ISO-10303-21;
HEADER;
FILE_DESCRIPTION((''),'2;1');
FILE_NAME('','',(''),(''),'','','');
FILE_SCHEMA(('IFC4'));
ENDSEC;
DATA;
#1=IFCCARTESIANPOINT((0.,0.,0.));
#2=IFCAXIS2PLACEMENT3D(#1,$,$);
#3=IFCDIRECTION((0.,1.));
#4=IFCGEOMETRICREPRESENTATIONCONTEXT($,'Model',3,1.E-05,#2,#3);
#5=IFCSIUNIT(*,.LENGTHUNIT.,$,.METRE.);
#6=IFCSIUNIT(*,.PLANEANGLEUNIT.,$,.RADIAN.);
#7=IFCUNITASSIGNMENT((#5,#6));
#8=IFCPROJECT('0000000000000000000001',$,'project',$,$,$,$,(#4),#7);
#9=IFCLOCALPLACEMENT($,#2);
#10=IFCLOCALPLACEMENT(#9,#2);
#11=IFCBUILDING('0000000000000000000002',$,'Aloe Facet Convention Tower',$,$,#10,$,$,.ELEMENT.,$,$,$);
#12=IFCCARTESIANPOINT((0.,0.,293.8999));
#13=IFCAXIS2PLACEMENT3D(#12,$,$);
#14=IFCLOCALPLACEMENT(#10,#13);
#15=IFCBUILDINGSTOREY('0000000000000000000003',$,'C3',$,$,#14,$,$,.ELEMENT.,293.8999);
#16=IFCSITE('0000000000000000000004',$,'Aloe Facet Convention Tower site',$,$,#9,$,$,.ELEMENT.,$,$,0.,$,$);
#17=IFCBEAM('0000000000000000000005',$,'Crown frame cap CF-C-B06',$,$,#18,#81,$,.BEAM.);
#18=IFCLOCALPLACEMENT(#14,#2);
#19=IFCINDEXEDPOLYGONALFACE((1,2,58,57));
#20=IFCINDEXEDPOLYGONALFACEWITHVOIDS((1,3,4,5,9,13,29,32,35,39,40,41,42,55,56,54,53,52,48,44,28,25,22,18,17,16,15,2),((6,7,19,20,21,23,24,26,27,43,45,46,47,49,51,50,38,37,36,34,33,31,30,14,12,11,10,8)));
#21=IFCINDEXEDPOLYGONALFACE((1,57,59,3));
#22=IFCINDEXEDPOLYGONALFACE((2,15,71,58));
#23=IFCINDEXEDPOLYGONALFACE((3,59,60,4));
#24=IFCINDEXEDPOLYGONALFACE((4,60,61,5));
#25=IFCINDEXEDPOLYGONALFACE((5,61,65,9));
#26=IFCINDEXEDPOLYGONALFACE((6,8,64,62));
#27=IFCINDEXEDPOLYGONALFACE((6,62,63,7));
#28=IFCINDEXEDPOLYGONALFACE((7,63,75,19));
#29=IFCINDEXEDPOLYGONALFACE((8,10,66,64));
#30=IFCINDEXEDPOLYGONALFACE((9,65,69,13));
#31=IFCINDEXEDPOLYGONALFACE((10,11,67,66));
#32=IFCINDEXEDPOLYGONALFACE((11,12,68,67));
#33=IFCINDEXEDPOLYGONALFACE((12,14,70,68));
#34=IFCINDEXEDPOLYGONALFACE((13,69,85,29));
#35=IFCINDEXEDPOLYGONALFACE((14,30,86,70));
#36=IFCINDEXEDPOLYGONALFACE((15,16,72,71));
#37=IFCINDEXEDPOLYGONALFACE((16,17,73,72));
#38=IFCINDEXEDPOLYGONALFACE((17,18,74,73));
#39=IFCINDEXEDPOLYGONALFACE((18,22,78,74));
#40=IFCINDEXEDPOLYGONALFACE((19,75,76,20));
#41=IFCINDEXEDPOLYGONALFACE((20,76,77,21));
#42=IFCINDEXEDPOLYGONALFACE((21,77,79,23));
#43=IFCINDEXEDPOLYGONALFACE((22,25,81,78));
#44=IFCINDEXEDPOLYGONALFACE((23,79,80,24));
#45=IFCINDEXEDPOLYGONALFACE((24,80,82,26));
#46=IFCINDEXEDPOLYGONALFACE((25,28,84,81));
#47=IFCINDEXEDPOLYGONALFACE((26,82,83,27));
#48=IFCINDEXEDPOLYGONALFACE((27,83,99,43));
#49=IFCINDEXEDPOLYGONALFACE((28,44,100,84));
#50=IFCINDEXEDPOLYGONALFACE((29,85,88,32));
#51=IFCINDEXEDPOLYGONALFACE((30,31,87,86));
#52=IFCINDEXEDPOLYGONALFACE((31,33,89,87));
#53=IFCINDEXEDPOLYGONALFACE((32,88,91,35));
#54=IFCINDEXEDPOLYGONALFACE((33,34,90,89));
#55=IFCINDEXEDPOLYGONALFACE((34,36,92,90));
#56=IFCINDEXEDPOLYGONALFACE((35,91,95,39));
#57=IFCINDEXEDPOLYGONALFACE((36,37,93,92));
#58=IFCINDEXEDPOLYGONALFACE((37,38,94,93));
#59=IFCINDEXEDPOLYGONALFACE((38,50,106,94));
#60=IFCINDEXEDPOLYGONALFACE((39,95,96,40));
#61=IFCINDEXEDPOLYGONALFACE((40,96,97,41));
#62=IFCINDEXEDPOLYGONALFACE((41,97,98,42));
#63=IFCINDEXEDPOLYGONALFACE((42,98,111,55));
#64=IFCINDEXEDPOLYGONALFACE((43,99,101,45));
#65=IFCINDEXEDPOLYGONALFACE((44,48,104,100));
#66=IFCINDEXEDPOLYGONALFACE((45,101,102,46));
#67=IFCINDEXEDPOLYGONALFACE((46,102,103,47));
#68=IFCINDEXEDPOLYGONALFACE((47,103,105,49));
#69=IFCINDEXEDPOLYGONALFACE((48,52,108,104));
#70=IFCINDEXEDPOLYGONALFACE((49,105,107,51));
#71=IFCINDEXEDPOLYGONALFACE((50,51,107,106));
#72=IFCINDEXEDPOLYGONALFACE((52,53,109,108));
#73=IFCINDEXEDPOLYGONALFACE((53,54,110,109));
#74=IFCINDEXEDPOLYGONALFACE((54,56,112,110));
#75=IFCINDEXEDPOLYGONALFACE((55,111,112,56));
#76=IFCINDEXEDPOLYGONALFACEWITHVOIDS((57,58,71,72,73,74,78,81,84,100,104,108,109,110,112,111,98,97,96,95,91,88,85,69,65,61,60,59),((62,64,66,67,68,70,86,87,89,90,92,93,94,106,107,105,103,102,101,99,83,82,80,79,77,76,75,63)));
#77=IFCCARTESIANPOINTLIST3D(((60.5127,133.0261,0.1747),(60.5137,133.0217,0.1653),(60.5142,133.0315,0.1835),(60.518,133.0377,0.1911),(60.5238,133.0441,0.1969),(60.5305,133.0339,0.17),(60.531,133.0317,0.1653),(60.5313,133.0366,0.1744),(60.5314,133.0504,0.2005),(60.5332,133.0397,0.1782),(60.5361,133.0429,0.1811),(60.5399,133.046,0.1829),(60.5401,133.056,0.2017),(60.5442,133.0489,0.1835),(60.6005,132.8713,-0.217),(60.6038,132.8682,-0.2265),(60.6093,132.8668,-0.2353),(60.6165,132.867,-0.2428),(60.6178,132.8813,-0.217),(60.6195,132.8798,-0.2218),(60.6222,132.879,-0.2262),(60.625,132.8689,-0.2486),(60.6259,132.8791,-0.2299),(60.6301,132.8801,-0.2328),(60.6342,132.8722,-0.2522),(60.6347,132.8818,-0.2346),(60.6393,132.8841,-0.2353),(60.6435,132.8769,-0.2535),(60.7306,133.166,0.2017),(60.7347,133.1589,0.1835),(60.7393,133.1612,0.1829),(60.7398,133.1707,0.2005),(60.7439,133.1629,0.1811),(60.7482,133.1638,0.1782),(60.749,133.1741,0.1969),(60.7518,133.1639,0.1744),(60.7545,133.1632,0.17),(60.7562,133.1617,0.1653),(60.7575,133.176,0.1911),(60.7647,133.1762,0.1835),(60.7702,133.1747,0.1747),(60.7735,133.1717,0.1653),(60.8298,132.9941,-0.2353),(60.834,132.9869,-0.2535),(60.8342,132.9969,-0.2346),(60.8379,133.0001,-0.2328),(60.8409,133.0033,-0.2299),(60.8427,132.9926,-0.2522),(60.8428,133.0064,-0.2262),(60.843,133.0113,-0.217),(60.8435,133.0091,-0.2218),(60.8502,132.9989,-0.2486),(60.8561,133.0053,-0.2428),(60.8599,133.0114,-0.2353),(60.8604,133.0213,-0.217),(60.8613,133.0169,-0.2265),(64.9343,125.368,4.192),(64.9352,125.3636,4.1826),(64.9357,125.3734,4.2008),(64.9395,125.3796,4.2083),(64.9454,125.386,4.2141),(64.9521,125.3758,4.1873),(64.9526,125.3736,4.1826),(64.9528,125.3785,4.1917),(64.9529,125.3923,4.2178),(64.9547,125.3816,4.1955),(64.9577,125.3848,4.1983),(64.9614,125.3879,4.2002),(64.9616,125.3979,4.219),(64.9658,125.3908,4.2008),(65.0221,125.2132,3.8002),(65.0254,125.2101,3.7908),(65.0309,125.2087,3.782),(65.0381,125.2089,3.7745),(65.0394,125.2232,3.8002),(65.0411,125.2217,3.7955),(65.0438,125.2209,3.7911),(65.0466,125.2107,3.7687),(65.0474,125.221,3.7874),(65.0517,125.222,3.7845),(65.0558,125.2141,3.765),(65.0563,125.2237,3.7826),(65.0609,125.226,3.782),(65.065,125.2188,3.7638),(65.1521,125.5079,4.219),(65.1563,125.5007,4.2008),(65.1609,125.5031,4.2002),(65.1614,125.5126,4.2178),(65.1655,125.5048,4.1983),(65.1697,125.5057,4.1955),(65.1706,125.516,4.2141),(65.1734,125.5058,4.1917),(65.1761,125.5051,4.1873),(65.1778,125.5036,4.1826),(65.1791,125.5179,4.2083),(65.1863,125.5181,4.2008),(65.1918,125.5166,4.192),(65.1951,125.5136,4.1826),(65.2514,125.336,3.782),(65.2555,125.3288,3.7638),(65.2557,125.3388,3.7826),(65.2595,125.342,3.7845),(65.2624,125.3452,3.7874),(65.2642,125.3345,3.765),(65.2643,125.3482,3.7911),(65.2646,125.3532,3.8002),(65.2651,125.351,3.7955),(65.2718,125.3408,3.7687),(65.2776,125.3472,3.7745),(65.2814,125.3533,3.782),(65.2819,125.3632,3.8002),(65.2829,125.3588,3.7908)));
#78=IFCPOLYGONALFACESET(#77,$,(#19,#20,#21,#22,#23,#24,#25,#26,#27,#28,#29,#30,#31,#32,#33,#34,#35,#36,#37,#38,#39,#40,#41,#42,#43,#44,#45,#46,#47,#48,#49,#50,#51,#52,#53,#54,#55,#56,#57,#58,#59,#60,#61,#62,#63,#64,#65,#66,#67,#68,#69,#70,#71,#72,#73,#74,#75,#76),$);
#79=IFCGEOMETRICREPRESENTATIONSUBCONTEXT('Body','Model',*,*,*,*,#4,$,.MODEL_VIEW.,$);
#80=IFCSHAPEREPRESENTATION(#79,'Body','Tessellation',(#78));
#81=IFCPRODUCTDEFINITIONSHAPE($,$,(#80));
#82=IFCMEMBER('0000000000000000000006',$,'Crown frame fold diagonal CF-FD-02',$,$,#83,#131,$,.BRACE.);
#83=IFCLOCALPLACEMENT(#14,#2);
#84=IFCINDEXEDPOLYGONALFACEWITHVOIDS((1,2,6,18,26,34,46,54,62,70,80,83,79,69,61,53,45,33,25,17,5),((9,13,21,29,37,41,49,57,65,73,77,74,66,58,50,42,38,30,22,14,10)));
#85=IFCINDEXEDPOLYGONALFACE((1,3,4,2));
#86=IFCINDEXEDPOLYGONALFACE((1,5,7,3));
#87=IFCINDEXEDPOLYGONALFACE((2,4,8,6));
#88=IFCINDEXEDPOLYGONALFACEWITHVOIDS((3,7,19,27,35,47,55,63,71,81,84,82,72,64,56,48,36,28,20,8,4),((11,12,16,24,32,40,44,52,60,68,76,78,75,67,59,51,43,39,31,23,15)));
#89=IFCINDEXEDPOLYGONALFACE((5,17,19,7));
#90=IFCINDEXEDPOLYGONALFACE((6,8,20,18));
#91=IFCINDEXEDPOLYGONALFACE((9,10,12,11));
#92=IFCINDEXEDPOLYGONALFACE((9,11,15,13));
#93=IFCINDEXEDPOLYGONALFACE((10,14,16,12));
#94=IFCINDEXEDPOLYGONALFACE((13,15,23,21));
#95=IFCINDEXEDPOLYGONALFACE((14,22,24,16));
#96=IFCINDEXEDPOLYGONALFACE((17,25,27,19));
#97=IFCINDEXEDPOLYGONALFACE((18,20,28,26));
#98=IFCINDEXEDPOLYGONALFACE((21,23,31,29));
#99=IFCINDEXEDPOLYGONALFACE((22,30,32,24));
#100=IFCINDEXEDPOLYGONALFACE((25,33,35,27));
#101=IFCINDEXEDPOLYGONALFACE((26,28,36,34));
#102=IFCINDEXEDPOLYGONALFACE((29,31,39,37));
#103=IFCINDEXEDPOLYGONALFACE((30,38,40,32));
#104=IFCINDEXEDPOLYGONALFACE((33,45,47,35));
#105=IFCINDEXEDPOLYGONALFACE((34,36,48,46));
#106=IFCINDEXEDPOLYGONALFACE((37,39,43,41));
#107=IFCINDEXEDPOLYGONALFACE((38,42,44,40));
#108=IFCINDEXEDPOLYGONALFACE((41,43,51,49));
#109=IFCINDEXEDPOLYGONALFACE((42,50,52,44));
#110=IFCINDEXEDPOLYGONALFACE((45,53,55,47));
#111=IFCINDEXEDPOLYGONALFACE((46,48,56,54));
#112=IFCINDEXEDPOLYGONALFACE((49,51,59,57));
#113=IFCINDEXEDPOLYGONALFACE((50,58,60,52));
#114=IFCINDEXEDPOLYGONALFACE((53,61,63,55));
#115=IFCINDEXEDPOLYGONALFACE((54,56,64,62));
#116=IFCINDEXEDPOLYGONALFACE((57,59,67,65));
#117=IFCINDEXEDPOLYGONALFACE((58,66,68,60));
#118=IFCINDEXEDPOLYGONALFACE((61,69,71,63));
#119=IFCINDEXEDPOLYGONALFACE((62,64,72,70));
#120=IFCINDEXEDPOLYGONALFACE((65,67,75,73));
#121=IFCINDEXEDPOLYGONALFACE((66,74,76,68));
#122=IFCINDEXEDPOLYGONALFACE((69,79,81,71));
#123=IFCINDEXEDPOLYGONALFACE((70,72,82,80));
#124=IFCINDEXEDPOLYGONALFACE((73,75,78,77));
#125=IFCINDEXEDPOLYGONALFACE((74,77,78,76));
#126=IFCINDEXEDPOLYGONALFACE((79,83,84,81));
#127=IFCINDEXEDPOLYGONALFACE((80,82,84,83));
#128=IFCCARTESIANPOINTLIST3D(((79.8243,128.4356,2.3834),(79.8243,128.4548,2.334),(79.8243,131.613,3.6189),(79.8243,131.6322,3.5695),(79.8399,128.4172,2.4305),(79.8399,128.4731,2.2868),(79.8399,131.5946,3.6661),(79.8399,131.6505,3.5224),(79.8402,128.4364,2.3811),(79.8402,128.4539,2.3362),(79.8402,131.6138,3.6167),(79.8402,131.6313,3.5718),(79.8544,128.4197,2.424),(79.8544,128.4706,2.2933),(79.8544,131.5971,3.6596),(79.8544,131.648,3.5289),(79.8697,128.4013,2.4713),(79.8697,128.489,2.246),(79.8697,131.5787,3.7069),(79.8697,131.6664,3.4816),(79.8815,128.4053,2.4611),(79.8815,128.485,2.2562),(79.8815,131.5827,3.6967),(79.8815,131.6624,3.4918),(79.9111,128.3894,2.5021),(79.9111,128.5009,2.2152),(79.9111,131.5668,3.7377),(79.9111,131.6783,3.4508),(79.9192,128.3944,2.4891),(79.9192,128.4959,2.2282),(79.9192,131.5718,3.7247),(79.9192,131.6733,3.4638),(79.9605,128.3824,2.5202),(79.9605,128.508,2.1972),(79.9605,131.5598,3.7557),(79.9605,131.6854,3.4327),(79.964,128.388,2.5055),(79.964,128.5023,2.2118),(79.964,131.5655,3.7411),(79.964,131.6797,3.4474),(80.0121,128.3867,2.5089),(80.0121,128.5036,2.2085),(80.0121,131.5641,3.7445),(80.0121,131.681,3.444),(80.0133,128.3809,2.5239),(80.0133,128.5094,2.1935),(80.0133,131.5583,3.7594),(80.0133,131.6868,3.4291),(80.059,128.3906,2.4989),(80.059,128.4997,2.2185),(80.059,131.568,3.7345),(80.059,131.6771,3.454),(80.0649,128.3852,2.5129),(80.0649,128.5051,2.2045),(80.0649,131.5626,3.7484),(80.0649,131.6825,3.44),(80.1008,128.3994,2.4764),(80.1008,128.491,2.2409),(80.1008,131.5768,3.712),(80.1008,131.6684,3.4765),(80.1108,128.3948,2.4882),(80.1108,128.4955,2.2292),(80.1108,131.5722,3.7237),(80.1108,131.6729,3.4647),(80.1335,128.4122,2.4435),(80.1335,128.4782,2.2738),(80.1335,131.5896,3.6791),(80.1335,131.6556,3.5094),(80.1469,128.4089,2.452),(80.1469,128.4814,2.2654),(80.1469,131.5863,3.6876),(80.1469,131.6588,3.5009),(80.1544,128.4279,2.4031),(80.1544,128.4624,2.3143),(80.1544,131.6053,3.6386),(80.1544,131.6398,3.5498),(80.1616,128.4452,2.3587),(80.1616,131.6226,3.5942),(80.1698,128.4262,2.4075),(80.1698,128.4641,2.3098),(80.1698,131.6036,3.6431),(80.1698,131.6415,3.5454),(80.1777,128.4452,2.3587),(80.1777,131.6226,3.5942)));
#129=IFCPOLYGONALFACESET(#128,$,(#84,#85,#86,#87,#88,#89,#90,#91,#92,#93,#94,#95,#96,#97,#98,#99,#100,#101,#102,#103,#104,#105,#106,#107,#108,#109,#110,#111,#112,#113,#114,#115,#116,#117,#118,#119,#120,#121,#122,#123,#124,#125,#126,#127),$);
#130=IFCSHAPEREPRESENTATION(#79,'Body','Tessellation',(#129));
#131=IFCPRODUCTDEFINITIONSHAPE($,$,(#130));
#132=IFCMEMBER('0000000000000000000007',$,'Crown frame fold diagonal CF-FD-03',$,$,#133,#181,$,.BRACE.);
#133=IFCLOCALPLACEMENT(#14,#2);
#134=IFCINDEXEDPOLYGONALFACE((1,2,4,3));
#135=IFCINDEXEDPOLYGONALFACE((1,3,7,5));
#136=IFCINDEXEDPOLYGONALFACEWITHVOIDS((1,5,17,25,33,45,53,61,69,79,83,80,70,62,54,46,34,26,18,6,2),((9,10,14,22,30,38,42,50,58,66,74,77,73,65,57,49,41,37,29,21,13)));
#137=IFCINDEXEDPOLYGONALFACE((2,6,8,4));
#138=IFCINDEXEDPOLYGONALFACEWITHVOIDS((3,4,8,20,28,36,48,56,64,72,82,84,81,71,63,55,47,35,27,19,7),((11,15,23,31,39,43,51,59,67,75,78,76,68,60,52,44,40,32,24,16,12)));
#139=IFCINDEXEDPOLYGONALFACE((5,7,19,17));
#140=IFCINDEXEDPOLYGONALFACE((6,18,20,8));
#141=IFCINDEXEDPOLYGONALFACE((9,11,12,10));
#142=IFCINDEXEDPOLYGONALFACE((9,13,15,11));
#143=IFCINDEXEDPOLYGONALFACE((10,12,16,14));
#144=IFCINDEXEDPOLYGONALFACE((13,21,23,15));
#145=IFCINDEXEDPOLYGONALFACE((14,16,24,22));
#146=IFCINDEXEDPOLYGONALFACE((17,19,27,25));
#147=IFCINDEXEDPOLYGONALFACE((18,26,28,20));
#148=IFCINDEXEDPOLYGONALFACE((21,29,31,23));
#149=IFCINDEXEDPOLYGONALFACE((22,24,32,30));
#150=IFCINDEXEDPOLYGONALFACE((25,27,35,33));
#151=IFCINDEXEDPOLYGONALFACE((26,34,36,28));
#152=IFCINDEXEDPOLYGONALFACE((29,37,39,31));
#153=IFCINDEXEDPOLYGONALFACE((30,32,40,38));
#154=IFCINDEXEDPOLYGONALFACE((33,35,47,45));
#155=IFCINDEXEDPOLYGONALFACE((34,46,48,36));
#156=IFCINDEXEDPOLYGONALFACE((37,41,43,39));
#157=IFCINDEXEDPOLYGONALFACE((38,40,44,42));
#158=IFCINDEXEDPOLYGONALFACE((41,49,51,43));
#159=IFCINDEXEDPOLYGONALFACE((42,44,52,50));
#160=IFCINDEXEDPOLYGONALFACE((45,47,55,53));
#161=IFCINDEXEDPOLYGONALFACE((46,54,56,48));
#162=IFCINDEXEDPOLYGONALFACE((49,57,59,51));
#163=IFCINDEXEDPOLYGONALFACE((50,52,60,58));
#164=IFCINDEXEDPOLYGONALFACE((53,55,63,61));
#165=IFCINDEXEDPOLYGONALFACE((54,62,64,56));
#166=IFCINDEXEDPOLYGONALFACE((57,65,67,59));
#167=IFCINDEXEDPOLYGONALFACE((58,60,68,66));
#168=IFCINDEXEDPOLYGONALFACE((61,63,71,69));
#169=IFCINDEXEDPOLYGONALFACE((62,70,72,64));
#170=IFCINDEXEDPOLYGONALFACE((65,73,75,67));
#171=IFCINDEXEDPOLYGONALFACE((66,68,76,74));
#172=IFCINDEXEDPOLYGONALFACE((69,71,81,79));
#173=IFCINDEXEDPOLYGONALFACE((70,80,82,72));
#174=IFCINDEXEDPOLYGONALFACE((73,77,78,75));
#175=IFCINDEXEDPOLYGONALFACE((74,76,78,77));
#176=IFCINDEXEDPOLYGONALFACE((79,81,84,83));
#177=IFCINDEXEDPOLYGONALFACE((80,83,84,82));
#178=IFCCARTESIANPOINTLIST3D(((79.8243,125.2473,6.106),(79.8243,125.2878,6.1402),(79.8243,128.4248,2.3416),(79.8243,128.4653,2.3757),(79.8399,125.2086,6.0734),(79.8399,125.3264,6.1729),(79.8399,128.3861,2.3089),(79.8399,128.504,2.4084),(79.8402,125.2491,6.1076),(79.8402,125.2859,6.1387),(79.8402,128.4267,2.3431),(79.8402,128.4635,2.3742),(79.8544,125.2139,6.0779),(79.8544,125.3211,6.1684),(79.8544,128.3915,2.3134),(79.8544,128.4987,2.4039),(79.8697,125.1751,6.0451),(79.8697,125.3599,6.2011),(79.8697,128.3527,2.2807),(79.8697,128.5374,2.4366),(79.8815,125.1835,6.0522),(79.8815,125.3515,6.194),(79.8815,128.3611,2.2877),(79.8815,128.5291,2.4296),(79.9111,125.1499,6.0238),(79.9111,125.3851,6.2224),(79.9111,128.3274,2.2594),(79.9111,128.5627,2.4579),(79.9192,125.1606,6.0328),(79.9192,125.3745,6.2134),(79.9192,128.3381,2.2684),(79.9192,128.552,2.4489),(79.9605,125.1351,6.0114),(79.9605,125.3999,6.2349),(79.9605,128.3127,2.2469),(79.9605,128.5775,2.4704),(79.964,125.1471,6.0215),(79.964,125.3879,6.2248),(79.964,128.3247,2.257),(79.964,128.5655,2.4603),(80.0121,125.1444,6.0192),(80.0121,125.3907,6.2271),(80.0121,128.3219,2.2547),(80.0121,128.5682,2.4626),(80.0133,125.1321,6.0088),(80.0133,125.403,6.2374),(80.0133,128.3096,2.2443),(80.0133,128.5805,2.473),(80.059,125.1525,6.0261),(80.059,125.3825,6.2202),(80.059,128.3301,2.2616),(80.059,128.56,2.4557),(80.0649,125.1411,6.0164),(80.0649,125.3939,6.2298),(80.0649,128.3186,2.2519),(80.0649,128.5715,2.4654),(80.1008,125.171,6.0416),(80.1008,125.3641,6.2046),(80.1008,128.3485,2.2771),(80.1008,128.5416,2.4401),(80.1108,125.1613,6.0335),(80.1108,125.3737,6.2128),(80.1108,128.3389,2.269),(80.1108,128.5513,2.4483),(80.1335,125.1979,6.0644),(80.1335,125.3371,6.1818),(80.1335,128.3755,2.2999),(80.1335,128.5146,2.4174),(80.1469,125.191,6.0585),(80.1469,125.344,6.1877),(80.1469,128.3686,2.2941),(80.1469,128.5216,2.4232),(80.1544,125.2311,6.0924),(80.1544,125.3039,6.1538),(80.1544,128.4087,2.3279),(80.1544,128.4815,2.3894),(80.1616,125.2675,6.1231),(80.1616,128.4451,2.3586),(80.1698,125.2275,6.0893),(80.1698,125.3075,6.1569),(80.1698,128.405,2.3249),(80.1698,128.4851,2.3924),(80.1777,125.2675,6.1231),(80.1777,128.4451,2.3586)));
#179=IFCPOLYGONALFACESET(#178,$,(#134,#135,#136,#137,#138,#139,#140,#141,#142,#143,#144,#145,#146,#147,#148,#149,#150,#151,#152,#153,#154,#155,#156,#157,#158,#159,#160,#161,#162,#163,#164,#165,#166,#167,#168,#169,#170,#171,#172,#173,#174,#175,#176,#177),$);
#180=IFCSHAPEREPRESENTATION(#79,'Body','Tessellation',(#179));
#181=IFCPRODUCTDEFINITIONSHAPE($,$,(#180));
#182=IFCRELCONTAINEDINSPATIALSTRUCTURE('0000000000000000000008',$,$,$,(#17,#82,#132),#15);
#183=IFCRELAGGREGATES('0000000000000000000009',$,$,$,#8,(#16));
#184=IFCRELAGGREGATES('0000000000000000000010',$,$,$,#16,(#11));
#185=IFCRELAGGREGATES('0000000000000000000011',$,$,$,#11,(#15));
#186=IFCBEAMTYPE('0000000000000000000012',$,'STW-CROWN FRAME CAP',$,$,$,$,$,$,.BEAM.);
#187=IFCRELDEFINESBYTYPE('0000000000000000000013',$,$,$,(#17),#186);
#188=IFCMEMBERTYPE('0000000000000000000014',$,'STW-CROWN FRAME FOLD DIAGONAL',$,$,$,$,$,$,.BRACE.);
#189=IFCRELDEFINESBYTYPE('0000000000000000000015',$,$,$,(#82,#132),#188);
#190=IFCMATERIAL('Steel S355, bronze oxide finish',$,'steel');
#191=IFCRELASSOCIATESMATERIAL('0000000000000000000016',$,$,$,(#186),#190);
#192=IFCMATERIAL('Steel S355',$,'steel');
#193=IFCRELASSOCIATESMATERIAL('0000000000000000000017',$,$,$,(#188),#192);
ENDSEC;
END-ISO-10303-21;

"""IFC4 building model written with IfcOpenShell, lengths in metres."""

from ifc_helpers import new_model, si_unit, direction, frame, origin, origin_2d, place, context, subcontext, project, spatial, hollow_rectangle, hollow_circle, extrude, material, material_profile, profile_set, type_object, element, save


model = new_model("IFC4")

# Units and contexts
model_context = context("Model", 3, precision=1e-05, world=origin(), true_north=direction((0.0, 1.0)))
body_context = subcontext(model_context, "Body", "Model", "MODEL_VIEW")
ifc_project = project(units=[si_unit("LENGTHUNIT", "METRE"), si_unit("PLANEANGLEUNIT", "RADIAN")], contexts=[model_context])

# Site, building, storey
site_placement = place(None, origin())
site = spatial("IfcSite", under=ifc_project, at=site_placement, Name="Aloe Facet Convention Tower site", CompositionType="ELEMENT", RefElevation=0.0)
building_placement = place(site_placement, origin())
building = spatial("IfcBuilding", under=site, at=building_placement, Name="Aloe Facet Convention Tower", CompositionType="ELEMENT")
storey_placement = place(building_placement, frame((0.0, 0.0, 293.8999)))
storey = spatial("IfcBuildingStorey", under=building, at=storey_placement, Name="C3", CompositionType="ELEMENT", Elevation=293.8999)

# Beam
ifc_material_1 = material(Name="Steel S355, bronze oxide finish", Category="steel")
ifc_material_profile_1 = material_profile(ifc_material_1, hollow_rectangle(XDim=0.3, YDim=0.5, WallThickness=0.02, InnerFilletRadius=0.02, OuterFilletRadius=0.04, at=origin_2d()), Name="RHS 500x300x20")
ifc_profile_set_1 = profile_set([ifc_material_profile_1], Name="Steel S355, bronze oxide finish")
beam_type = type_object("IfcBeamType", Name="STW-CROWN FRAME CAP", PredefinedType="BEAM", material=ifc_profile_set_1)
beam_1_placement = place(storey_placement, frame((60.687, 133.0215, -0.0259), z_axis=(0.455239, -0.788468, 0.413614), x_axis=(0.866017, 0.500014, 0.0)))
element("IfcBeam", 1, at=beam_1_placement, inside=storey, type_object=beam_type, Name="Crown frame cap CF-C-B06", PredefinedType="BEAM", context=body_context, shape_type="SweptSolid", body=[
    extrude(hollow_rectangle(XDim=0.3, YDim=0.5, WallThickness=0.02, InnerFilletRadius=0.02, OuterFilletRadius=0.04, at=origin_2d()), origin(), (0.0, 0.0, 1.0), 9.7126),
])

# Members
ifc_material_2 = material(Name="Steel S355", Category="steel")
ifc_material_profile_2 = material_profile(ifc_material_2, hollow_circle(Radius=0.1777, WallThickness=0.0161, at=origin_2d()), Name="CHS 355.6x16")
ifc_profile_set_2 = profile_set([ifc_material_profile_2], Name="Steel S355")
member_type_1 = type_object("IfcMemberType", Name="STW-CROWN FRAME FOLD DIAGONAL", PredefinedType="BRACE", material=ifc_profile_set_2)
member_1_placement = place(storey_placement, frame((80.0, 131.6226, 3.5942), z_axis=(0.0, -0.932014, -0.362422), x_axis=(1.0, 0.0, 0.0)))
element("IfcMember", 2, at=member_1_placement, inside=storey, type_object=member_type_1, Name="Crown frame fold diagonal CF-FD-02", PredefinedType="BRACE", context=body_context, shape_type="SweptSolid", body=[
    extrude(hollow_circle(Radius=0.1777, WallThickness=0.0161, at=origin_2d()), origin(), (0.0, 0.0, 1.0), 3.4092),
])
member_2_placement = place(storey_placement, frame((80.0, 128.4451, 2.3586), z_axis=(0.0, -0.645022, 0.764164), x_axis=(1.0, 0.0, 0.0)))
element("IfcMember", 3, at=member_2_placement, inside=storey, type_object=member_type_1, Name="Crown frame fold diagonal CF-FD-03", PredefinedType="BRACE", context=body_context, shape_type="SweptSolid", body=[
    extrude(hollow_circle(Radius=0.1777, WallThickness=0.0161, at=origin_2d()), origin(), (0.0, 0.0, 1.0), 4.9263),
])

save(model, "model.ifc")
